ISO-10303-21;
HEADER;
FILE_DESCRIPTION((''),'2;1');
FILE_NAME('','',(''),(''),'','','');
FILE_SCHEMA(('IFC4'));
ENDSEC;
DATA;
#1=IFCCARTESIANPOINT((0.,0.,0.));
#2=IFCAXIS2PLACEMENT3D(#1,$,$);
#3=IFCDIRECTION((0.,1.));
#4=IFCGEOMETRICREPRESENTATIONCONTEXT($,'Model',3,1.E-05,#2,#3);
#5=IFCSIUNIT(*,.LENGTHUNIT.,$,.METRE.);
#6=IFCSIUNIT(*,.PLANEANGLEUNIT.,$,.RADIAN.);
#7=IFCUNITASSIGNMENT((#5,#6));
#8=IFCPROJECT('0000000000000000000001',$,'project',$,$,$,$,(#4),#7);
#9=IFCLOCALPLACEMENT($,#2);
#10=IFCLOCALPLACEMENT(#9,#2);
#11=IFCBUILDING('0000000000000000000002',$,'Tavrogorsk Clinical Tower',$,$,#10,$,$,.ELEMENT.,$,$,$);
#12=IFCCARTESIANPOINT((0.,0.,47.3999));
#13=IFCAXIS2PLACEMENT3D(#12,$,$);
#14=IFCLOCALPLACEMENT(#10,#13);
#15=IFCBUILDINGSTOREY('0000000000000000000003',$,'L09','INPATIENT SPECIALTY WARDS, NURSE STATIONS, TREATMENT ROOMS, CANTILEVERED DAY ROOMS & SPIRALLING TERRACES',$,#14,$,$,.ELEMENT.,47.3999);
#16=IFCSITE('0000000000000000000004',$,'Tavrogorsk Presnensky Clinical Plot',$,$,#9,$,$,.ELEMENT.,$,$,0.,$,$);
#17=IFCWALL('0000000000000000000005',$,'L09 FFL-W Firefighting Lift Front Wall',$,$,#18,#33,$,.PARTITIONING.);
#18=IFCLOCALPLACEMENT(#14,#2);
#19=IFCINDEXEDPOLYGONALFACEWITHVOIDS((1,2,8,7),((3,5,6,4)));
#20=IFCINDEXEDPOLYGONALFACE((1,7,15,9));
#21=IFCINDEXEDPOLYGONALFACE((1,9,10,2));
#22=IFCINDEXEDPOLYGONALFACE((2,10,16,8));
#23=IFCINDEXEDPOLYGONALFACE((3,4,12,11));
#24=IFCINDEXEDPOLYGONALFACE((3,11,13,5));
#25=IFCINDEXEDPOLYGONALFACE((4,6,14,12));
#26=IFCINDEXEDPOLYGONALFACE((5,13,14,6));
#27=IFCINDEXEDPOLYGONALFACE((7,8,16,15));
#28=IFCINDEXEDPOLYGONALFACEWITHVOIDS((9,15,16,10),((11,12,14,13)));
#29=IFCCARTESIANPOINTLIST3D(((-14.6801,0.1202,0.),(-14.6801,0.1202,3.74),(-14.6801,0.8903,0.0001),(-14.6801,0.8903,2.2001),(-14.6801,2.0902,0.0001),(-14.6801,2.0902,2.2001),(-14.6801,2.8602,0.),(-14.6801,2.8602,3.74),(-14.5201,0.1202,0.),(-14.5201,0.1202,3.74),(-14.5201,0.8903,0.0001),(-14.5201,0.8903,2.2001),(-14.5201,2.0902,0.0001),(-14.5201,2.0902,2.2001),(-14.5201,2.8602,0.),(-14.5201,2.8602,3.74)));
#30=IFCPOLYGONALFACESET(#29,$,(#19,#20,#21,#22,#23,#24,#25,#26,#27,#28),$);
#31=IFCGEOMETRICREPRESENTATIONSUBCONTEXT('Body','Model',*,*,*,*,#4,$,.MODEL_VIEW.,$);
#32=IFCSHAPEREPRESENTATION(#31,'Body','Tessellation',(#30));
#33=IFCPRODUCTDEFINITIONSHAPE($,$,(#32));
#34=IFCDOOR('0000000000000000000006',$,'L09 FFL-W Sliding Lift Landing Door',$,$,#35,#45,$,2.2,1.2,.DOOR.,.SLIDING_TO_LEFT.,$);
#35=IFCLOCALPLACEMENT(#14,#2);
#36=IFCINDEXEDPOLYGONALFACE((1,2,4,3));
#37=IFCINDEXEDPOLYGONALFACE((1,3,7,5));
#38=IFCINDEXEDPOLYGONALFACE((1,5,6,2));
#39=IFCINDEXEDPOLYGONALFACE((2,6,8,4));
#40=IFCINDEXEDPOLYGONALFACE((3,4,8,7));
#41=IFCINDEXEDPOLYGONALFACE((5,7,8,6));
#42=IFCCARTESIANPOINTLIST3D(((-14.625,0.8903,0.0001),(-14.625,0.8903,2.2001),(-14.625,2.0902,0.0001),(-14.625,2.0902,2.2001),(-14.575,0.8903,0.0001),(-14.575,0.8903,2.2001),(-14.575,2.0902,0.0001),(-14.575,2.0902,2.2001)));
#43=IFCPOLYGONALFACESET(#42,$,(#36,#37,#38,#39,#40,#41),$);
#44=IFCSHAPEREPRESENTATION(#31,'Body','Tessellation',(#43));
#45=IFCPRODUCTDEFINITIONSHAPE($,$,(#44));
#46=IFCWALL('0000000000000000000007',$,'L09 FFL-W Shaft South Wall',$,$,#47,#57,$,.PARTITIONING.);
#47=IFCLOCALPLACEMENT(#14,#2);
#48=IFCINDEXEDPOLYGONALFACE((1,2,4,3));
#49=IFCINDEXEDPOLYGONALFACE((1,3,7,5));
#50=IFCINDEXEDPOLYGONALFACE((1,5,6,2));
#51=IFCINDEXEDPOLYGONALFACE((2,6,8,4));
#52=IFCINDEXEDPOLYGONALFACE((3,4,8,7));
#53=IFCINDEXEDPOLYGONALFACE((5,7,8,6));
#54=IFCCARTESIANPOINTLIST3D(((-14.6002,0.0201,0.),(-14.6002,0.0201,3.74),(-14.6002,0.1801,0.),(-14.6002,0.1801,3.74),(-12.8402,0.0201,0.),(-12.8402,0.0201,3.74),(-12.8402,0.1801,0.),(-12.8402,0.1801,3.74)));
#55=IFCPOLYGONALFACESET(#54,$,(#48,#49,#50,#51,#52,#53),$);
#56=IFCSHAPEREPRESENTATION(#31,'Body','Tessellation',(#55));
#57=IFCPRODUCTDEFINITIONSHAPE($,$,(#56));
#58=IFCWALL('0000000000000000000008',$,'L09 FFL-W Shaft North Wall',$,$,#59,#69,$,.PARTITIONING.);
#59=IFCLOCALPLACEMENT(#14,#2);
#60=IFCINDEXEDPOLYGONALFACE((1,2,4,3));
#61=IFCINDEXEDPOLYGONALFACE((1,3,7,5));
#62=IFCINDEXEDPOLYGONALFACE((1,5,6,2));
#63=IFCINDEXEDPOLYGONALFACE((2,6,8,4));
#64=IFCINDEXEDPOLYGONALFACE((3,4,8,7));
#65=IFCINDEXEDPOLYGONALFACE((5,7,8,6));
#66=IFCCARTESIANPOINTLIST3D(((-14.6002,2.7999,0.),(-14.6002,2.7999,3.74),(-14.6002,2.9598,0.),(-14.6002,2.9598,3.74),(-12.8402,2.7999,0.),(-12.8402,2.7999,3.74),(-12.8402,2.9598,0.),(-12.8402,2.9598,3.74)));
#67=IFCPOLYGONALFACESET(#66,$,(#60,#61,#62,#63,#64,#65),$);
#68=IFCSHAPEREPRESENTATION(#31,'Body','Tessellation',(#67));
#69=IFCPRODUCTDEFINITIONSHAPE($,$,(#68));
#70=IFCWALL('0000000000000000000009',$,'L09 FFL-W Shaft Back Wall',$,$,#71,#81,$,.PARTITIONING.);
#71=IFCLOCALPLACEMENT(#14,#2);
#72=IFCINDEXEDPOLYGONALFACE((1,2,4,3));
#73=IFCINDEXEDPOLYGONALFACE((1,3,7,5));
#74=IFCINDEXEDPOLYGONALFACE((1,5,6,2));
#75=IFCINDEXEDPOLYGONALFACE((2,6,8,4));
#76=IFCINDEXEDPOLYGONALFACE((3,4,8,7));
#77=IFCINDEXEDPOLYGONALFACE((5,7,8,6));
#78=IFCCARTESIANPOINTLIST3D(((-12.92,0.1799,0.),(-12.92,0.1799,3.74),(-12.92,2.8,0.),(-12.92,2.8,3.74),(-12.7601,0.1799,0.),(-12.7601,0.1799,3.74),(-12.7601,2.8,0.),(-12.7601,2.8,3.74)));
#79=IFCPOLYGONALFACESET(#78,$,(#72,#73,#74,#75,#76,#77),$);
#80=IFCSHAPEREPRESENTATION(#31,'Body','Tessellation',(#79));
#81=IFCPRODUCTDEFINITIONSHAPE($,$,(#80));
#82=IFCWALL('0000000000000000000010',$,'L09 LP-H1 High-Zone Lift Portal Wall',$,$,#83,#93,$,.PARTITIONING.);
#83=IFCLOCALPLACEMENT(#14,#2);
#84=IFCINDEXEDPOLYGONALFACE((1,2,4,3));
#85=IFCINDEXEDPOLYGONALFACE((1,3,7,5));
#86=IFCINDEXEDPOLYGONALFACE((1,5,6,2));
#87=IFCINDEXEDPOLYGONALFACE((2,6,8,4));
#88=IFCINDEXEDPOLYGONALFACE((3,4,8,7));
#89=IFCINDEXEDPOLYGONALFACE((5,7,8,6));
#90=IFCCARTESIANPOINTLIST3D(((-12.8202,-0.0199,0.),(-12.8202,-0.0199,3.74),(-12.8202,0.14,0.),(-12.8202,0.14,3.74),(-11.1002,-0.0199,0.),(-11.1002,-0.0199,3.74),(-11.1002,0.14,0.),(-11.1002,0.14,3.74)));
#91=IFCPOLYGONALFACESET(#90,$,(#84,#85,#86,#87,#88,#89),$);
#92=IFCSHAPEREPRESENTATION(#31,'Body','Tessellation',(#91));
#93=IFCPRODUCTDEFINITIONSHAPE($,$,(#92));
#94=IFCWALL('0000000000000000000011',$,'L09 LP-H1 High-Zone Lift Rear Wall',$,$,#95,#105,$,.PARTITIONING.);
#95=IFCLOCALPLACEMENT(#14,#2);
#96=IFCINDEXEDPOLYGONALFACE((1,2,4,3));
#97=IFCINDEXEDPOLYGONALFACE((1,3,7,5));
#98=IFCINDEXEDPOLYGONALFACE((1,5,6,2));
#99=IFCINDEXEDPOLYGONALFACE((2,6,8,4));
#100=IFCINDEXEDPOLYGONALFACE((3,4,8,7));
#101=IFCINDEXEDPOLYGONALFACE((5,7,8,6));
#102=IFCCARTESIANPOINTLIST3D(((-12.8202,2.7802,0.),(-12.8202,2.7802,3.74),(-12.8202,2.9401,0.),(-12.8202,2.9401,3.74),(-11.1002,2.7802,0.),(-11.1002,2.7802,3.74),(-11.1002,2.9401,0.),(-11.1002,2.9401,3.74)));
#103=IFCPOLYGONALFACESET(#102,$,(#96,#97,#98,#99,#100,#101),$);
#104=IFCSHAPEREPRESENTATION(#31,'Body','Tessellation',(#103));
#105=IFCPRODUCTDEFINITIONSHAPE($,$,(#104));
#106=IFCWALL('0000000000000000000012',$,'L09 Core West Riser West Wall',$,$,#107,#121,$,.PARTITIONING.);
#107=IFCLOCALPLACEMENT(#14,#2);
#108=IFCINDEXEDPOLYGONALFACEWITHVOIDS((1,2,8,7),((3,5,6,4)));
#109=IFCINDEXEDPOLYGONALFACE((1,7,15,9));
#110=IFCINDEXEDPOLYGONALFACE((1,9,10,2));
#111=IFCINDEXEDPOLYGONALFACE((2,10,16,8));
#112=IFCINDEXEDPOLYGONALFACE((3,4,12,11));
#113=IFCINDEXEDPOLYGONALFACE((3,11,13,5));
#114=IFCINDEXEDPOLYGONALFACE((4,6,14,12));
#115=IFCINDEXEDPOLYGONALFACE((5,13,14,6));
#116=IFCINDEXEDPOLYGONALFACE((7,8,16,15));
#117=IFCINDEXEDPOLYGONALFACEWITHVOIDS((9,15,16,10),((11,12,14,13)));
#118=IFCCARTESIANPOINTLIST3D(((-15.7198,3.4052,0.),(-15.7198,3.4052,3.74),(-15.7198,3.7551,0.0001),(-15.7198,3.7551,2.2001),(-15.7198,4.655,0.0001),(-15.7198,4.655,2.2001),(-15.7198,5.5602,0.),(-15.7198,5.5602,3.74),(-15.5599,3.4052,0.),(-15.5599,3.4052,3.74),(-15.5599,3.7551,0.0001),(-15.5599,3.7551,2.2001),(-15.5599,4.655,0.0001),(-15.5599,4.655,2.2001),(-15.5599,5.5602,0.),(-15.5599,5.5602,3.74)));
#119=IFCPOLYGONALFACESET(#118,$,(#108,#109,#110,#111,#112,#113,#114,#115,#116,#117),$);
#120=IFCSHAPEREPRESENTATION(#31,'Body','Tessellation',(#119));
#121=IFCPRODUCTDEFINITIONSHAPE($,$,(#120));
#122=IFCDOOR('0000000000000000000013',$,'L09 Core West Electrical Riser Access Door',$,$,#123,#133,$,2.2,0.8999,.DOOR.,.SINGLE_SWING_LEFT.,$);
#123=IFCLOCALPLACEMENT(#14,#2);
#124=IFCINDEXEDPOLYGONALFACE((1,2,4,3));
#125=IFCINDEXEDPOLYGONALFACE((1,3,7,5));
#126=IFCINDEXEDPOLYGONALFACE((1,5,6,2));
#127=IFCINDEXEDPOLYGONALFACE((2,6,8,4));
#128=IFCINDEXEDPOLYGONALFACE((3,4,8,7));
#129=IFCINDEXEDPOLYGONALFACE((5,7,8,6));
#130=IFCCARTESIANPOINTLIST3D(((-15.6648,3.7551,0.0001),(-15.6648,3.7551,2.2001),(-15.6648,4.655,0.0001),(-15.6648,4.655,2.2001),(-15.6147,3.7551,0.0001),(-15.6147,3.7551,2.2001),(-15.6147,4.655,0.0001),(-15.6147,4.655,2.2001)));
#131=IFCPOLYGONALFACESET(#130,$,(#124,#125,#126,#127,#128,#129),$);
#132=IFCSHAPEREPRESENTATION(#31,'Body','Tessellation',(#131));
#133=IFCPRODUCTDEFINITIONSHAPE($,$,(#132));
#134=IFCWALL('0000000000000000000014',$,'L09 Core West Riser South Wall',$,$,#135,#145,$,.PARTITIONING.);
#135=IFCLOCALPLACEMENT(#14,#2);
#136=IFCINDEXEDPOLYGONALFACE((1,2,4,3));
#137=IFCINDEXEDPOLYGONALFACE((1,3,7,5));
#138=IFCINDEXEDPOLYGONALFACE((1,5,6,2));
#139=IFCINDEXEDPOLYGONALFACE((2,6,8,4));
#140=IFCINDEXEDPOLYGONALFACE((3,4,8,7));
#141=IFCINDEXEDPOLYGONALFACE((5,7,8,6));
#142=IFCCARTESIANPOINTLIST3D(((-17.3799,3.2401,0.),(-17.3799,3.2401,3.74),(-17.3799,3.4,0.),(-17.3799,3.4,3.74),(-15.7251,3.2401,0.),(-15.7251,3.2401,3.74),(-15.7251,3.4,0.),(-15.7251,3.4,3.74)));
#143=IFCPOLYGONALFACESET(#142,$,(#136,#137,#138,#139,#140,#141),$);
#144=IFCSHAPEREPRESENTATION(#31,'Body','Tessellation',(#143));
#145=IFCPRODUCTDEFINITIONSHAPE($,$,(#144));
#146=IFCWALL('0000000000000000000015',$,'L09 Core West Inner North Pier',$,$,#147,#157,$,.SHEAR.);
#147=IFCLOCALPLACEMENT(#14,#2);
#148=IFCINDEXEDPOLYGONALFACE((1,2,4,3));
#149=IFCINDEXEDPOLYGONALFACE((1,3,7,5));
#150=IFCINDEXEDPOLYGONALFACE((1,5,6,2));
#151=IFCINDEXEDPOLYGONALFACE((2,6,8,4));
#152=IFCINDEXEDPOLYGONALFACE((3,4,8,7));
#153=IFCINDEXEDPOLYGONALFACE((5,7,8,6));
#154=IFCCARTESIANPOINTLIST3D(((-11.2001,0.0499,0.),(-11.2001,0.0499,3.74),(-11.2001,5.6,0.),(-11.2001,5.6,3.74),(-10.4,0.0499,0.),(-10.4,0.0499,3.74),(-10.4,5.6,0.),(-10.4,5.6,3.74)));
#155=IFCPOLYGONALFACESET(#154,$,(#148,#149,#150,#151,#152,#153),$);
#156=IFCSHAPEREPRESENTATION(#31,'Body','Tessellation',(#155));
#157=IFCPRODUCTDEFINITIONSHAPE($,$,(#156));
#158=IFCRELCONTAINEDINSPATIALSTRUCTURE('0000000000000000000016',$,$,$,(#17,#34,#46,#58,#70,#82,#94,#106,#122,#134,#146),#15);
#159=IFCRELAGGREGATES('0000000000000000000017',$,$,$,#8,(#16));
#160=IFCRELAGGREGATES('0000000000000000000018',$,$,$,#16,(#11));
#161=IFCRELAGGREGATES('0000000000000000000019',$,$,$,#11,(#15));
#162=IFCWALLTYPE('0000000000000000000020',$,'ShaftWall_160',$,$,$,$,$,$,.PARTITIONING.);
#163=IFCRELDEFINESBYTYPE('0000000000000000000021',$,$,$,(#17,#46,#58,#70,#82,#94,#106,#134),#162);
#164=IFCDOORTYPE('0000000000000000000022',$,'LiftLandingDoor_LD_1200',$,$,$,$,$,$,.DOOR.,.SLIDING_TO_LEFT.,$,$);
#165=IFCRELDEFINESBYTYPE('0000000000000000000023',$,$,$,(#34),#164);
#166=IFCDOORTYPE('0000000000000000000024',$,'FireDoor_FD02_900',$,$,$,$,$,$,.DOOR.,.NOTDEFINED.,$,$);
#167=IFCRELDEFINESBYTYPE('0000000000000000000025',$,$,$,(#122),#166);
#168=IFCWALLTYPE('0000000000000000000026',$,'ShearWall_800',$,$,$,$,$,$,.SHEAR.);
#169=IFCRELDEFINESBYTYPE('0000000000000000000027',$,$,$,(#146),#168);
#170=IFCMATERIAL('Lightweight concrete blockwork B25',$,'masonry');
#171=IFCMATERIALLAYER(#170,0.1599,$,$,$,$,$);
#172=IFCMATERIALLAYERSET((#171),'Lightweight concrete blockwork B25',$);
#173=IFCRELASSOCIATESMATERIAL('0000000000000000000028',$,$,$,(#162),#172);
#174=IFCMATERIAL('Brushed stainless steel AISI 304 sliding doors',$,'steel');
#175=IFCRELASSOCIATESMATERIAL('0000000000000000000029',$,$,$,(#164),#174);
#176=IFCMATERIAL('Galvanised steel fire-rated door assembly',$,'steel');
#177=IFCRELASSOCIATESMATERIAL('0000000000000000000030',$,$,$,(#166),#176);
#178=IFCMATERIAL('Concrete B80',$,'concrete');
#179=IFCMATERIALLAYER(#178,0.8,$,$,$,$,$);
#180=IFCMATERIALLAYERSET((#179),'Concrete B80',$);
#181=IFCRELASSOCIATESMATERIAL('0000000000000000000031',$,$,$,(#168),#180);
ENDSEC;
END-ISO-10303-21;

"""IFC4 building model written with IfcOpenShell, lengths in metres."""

from ifc_helpers import new_model, si_unit, direction, frame, frame_2d, origin, place, context, subcontext, project, spatial, rectangle, extrude, material, layer, layer_set, type_object, element, fill, save


model = new_model("IFC4")

# Units and contexts
model_context = context("Model", 3, precision=1e-05, world=origin(), true_north=direction((0.0, 1.0)))
body_context = subcontext(model_context, "Body", "Model", "MODEL_VIEW")
ifc_project = project(units=[si_unit("LENGTHUNIT", "METRE"), si_unit("PLANEANGLEUNIT", "RADIAN")], contexts=[model_context])

# Site, building, storey
site_placement = place(None, origin())
site = spatial("IfcSite", under=ifc_project, at=site_placement, Name="Tavrogorsk Presnensky Clinical Plot", CompositionType="ELEMENT", RefElevation=0.0)
building_placement = place(site_placement, origin())
building = spatial("IfcBuilding", under=site, at=building_placement, Name="Tavrogorsk Clinical Tower", CompositionType="ELEMENT")
storey_placement = place(building_placement, frame((0.0, 0.0, 47.3999)))
storey = spatial("IfcBuildingStorey", under=building, at=storey_placement, Name="L09", Description="INPATIENT SPECIALTY WARDS, NURSE STATIONS, TREATMENT ROOMS, CANTILEVERED DAY ROOMS & SPIRALLING TERRACES", CompositionType="ELEMENT", Elevation=47.3999)

# Wall, opening, door
ifc_material_1 = material(Name="Lightweight concrete blockwork B25", Category="masonry")
ifc_layer_1 = layer(ifc_material_1, 0.1599)
ifc_layer_set_1 = layer_set([ifc_layer_1], Name="Lightweight concrete blockwork B25")
wall_type_1 = type_object("IfcWallType", Name="ShaftWall_160", PredefinedType="PARTITIONING", material=ifc_layer_set_1)
wall_1_placement = place(storey_placement, frame((-14.6001, 0.1201, 0.0), z_axis=(0.0, 0.0, 1.0), x_axis=(0.0, 1.0, 0.0)))
wall_1 = element("IfcWall", 1, at=wall_1_placement, inside=storey, type_object=wall_type_1, Name="L09 FFL-W Firefighting Lift Front Wall", PredefinedType="PARTITIONING", context=body_context, shape_type="SweptSolid", body=[
    extrude(rectangle(XDim=2.74, YDim=0.1599, at=frame_2d((1.3701, 0.0))), origin(), (0.0, 0.0, 1.0), 3.74),
])
opening_1_placement = place(wall_1_placement, frame((0.77, 0.0, 0.0)))
opening_1 = element("IfcOpeningElement", 2, at=opening_1_placement, cuts=wall_1, PredefinedType="OPENING", context=body_context, shape_type="SweptSolid", body=[
    extrude(rectangle(XDim=1.2, YDim=2.2, at=frame_2d((0.6001, 1.1001))), frame((0.0, 0.0898, 0.0), z_axis=(0.0, -1.0, 0.0), x_axis=(1.0, 0.0, 0.0)), (0.0, 0.0, 1.0), 0.1799),
])
ifc_material_2 = material(Name="Brushed stainless steel AISI 304 sliding doors", Category="steel")
door_type_1 = type_object("IfcDoorType", Name="LiftLandingDoor_LD_1200", OperationType="SLIDING_TO_LEFT", PredefinedType="DOOR", material=ifc_material_2)
door_1_placement = place(opening_1_placement, origin())
door_1 = element("IfcDoor", 3, at=door_1_placement, inside=storey, type_object=door_type_1, Name="L09 FFL-W Sliding Lift Landing Door", OperationType="SLIDING_TO_LEFT", OverallHeight=2.2, OverallWidth=1.2, PredefinedType="DOOR", context=body_context, shape_type="SweptSolid", body=[
    extrude(rectangle(XDim=1.2, YDim=2.2, at=frame_2d((0.6001, 1.1001))), frame((0.0, 0.0249, 0.0), z_axis=(0.0, -1.0, 0.0), x_axis=(1.0, 0.0, 0.0)), (0.0, 0.0, 1.0), 0.05),
])
fill(opening_1, door_1)

# Walls
for number, where, z_axis, x_axis, name in (
    (4, (-14.6001, 0.1001, 0.0), (0.0, 0.0, 1.0), (1.0, 0.0, 0.0), "L09 FFL-W Shaft South Wall"),
    (5, (-14.6001, 2.8799, 0.0), (0.0, 0.0, 1.0), (1.0, 0.0, 0.0), "L09 FFL-W Shaft North Wall"),
):
    element("IfcWall", number, at=place(storey_placement, frame(where, z_axis=z_axis, x_axis=x_axis)), inside=storey, type_object=wall_type_1, Name=name, PredefinedType="PARTITIONING", context=body_context, shape_type="SweptSolid", body=[
        extrude(rectangle(XDim=1.76, YDim=0.1599, at=frame_2d((0.8799, 0.0))), origin(), (0.0, 0.0, 1.0), 3.74),
    ])
wall_2_placement = place(storey_placement, frame((-12.8401, 0.1799, 0.0), z_axis=(0.0, 0.0, 1.0), x_axis=(0.0, 1.0, 0.0)))
element("IfcWall", 6, at=wall_2_placement, inside=storey, type_object=wall_type_1, Name="L09 FFL-W Shaft Back Wall", PredefinedType="PARTITIONING", context=body_context, shape_type="SweptSolid", body=[
    extrude(rectangle(XDim=2.6201, YDim=0.1599, at=frame_2d((1.3101, 0.0))), origin(), (0.0, 0.0, 1.0), 3.74),
])
for number, where, z_axis, x_axis, name in (
    (7, (-12.8201, 0.0601, 0.0), (0.0, 0.0, 1.0), (1.0, 0.0, 0.0), "L09 LP-H1 High-Zone Lift Portal Wall"),
    (8, (-12.8201, 2.8601, 0.0), (0.0, 0.0, 1.0), (1.0, 0.0, 0.0), "L09 LP-H1 High-Zone Lift Rear Wall"),
):
    element("IfcWall", number, at=place(storey_placement, frame(where, z_axis=z_axis, x_axis=x_axis)), inside=storey, type_object=wall_type_1, Name=name, PredefinedType="PARTITIONING", context=body_context, shape_type="SweptSolid", body=[
        extrude(rectangle(XDim=1.72, YDim=0.1599, at=frame_2d((0.8599, 0.0))), origin(), (0.0, 0.0, 1.0), 3.74),
    ])

# Wall, opening, door
wall_3_placement = place(storey_placement, frame((-15.6399, 3.405, 0.0), z_axis=(0.0, 0.0, 1.0), x_axis=(0.0, 1.0, 0.0)))
wall_3 = element("IfcWall", 9, at=wall_3_placement, inside=storey, type_object=wall_type_1, Name="L09 Core West Riser West Wall", PredefinedType="PARTITIONING", context=body_context, shape_type="SweptSolid", body=[
    extrude(rectangle(XDim=2.155, YDim=0.1599, at=frame_2d((1.0776, 0.0))), origin(), (0.0, 0.0, 1.0), 3.74),
])
opening_2_placement = place(wall_3_placement, frame((0.3501, 0.0, 0.0)))
opening_2 = element("IfcOpeningElement", 10, at=opening_2_placement, cuts=wall_3, PredefinedType="OPENING", context=body_context, shape_type="SweptSolid", body=[
    extrude(rectangle(XDim=0.8999, YDim=2.2, at=frame_2d((0.45, 1.1001))), frame((0.0, 0.0898, 0.0), z_axis=(0.0, -1.0, 0.0), x_axis=(1.0, 0.0, 0.0)), (0.0, 0.0, 1.0), 0.1799),
])
ifc_material_3 = material(Name="Galvanised steel fire-rated door assembly", Category="steel")
door_type_2 = type_object("IfcDoorType", Name="FireDoor_FD02_900", OperationType="NOTDEFINED", PredefinedType="DOOR", material=ifc_material_3)
door_2_placement = place(opening_2_placement, origin())
door_2 = element("IfcDoor", 11, at=door_2_placement, inside=storey, type_object=door_type_2, Name="L09 Core West Electrical Riser Access Door", OperationType="SINGLE_SWING_LEFT", OverallHeight=2.2, OverallWidth=0.8999, PredefinedType="DOOR", context=body_context, shape_type="SweptSolid", body=[
    extrude(rectangle(XDim=0.8999, YDim=2.2, at=frame_2d((0.45, 1.1001))), frame((0.0, 0.0249, 0.0), z_axis=(0.0, -1.0, 0.0), x_axis=(1.0, 0.0, 0.0)), (0.0, 0.0, 1.0), 0.05),
])
fill(opening_2, door_2)

# Walls
wall_4_placement = place(storey_placement, frame((-17.3799, 3.3201, 0.0), z_axis=(0.0, 0.0, 1.0), x_axis=(1.0, 0.0, 0.0)))
element("IfcWall", 12, at=wall_4_placement, inside=storey, type_object=wall_type_1, Name="L09 Core West Riser South Wall", PredefinedType="PARTITIONING", context=body_context, shape_type="SweptSolid", body=[
    extrude(rectangle(XDim=1.6548, YDim=0.1599, at=frame_2d((0.8274, 0.0))), origin(), (0.0, 0.0, 1.0), 3.74),
])
ifc_material_4 = material(Name="Concrete B80", Category="concrete")
ifc_layer_2 = layer(ifc_material_4, 0.8)
ifc_layer_set_2 = layer_set([ifc_layer_2], Name="Concrete B80")
wall_type_2 = type_object("IfcWallType", Name="ShearWall_800", PredefinedType="SHEAR", material=ifc_layer_set_2)
wall_5_placement = place(storey_placement, frame((-10.8, 0.05, 0.0), z_axis=(0.0, 0.0, 1.0), x_axis=(0.0, 1.0, 0.0)))
element("IfcWall", 13, at=wall_5_placement, inside=storey, type_object=wall_type_2, Name="L09 Core West Inner North Pier", PredefinedType="SHEAR", context=body_context, shape_type="SweptSolid", body=[
    extrude(rectangle(XDim=5.55, YDim=0.8, at=frame_2d((2.7749, 0.0))), origin(), (0.0, 0.0, 1.0), 3.74),
])

save(model, "model.ifc")
